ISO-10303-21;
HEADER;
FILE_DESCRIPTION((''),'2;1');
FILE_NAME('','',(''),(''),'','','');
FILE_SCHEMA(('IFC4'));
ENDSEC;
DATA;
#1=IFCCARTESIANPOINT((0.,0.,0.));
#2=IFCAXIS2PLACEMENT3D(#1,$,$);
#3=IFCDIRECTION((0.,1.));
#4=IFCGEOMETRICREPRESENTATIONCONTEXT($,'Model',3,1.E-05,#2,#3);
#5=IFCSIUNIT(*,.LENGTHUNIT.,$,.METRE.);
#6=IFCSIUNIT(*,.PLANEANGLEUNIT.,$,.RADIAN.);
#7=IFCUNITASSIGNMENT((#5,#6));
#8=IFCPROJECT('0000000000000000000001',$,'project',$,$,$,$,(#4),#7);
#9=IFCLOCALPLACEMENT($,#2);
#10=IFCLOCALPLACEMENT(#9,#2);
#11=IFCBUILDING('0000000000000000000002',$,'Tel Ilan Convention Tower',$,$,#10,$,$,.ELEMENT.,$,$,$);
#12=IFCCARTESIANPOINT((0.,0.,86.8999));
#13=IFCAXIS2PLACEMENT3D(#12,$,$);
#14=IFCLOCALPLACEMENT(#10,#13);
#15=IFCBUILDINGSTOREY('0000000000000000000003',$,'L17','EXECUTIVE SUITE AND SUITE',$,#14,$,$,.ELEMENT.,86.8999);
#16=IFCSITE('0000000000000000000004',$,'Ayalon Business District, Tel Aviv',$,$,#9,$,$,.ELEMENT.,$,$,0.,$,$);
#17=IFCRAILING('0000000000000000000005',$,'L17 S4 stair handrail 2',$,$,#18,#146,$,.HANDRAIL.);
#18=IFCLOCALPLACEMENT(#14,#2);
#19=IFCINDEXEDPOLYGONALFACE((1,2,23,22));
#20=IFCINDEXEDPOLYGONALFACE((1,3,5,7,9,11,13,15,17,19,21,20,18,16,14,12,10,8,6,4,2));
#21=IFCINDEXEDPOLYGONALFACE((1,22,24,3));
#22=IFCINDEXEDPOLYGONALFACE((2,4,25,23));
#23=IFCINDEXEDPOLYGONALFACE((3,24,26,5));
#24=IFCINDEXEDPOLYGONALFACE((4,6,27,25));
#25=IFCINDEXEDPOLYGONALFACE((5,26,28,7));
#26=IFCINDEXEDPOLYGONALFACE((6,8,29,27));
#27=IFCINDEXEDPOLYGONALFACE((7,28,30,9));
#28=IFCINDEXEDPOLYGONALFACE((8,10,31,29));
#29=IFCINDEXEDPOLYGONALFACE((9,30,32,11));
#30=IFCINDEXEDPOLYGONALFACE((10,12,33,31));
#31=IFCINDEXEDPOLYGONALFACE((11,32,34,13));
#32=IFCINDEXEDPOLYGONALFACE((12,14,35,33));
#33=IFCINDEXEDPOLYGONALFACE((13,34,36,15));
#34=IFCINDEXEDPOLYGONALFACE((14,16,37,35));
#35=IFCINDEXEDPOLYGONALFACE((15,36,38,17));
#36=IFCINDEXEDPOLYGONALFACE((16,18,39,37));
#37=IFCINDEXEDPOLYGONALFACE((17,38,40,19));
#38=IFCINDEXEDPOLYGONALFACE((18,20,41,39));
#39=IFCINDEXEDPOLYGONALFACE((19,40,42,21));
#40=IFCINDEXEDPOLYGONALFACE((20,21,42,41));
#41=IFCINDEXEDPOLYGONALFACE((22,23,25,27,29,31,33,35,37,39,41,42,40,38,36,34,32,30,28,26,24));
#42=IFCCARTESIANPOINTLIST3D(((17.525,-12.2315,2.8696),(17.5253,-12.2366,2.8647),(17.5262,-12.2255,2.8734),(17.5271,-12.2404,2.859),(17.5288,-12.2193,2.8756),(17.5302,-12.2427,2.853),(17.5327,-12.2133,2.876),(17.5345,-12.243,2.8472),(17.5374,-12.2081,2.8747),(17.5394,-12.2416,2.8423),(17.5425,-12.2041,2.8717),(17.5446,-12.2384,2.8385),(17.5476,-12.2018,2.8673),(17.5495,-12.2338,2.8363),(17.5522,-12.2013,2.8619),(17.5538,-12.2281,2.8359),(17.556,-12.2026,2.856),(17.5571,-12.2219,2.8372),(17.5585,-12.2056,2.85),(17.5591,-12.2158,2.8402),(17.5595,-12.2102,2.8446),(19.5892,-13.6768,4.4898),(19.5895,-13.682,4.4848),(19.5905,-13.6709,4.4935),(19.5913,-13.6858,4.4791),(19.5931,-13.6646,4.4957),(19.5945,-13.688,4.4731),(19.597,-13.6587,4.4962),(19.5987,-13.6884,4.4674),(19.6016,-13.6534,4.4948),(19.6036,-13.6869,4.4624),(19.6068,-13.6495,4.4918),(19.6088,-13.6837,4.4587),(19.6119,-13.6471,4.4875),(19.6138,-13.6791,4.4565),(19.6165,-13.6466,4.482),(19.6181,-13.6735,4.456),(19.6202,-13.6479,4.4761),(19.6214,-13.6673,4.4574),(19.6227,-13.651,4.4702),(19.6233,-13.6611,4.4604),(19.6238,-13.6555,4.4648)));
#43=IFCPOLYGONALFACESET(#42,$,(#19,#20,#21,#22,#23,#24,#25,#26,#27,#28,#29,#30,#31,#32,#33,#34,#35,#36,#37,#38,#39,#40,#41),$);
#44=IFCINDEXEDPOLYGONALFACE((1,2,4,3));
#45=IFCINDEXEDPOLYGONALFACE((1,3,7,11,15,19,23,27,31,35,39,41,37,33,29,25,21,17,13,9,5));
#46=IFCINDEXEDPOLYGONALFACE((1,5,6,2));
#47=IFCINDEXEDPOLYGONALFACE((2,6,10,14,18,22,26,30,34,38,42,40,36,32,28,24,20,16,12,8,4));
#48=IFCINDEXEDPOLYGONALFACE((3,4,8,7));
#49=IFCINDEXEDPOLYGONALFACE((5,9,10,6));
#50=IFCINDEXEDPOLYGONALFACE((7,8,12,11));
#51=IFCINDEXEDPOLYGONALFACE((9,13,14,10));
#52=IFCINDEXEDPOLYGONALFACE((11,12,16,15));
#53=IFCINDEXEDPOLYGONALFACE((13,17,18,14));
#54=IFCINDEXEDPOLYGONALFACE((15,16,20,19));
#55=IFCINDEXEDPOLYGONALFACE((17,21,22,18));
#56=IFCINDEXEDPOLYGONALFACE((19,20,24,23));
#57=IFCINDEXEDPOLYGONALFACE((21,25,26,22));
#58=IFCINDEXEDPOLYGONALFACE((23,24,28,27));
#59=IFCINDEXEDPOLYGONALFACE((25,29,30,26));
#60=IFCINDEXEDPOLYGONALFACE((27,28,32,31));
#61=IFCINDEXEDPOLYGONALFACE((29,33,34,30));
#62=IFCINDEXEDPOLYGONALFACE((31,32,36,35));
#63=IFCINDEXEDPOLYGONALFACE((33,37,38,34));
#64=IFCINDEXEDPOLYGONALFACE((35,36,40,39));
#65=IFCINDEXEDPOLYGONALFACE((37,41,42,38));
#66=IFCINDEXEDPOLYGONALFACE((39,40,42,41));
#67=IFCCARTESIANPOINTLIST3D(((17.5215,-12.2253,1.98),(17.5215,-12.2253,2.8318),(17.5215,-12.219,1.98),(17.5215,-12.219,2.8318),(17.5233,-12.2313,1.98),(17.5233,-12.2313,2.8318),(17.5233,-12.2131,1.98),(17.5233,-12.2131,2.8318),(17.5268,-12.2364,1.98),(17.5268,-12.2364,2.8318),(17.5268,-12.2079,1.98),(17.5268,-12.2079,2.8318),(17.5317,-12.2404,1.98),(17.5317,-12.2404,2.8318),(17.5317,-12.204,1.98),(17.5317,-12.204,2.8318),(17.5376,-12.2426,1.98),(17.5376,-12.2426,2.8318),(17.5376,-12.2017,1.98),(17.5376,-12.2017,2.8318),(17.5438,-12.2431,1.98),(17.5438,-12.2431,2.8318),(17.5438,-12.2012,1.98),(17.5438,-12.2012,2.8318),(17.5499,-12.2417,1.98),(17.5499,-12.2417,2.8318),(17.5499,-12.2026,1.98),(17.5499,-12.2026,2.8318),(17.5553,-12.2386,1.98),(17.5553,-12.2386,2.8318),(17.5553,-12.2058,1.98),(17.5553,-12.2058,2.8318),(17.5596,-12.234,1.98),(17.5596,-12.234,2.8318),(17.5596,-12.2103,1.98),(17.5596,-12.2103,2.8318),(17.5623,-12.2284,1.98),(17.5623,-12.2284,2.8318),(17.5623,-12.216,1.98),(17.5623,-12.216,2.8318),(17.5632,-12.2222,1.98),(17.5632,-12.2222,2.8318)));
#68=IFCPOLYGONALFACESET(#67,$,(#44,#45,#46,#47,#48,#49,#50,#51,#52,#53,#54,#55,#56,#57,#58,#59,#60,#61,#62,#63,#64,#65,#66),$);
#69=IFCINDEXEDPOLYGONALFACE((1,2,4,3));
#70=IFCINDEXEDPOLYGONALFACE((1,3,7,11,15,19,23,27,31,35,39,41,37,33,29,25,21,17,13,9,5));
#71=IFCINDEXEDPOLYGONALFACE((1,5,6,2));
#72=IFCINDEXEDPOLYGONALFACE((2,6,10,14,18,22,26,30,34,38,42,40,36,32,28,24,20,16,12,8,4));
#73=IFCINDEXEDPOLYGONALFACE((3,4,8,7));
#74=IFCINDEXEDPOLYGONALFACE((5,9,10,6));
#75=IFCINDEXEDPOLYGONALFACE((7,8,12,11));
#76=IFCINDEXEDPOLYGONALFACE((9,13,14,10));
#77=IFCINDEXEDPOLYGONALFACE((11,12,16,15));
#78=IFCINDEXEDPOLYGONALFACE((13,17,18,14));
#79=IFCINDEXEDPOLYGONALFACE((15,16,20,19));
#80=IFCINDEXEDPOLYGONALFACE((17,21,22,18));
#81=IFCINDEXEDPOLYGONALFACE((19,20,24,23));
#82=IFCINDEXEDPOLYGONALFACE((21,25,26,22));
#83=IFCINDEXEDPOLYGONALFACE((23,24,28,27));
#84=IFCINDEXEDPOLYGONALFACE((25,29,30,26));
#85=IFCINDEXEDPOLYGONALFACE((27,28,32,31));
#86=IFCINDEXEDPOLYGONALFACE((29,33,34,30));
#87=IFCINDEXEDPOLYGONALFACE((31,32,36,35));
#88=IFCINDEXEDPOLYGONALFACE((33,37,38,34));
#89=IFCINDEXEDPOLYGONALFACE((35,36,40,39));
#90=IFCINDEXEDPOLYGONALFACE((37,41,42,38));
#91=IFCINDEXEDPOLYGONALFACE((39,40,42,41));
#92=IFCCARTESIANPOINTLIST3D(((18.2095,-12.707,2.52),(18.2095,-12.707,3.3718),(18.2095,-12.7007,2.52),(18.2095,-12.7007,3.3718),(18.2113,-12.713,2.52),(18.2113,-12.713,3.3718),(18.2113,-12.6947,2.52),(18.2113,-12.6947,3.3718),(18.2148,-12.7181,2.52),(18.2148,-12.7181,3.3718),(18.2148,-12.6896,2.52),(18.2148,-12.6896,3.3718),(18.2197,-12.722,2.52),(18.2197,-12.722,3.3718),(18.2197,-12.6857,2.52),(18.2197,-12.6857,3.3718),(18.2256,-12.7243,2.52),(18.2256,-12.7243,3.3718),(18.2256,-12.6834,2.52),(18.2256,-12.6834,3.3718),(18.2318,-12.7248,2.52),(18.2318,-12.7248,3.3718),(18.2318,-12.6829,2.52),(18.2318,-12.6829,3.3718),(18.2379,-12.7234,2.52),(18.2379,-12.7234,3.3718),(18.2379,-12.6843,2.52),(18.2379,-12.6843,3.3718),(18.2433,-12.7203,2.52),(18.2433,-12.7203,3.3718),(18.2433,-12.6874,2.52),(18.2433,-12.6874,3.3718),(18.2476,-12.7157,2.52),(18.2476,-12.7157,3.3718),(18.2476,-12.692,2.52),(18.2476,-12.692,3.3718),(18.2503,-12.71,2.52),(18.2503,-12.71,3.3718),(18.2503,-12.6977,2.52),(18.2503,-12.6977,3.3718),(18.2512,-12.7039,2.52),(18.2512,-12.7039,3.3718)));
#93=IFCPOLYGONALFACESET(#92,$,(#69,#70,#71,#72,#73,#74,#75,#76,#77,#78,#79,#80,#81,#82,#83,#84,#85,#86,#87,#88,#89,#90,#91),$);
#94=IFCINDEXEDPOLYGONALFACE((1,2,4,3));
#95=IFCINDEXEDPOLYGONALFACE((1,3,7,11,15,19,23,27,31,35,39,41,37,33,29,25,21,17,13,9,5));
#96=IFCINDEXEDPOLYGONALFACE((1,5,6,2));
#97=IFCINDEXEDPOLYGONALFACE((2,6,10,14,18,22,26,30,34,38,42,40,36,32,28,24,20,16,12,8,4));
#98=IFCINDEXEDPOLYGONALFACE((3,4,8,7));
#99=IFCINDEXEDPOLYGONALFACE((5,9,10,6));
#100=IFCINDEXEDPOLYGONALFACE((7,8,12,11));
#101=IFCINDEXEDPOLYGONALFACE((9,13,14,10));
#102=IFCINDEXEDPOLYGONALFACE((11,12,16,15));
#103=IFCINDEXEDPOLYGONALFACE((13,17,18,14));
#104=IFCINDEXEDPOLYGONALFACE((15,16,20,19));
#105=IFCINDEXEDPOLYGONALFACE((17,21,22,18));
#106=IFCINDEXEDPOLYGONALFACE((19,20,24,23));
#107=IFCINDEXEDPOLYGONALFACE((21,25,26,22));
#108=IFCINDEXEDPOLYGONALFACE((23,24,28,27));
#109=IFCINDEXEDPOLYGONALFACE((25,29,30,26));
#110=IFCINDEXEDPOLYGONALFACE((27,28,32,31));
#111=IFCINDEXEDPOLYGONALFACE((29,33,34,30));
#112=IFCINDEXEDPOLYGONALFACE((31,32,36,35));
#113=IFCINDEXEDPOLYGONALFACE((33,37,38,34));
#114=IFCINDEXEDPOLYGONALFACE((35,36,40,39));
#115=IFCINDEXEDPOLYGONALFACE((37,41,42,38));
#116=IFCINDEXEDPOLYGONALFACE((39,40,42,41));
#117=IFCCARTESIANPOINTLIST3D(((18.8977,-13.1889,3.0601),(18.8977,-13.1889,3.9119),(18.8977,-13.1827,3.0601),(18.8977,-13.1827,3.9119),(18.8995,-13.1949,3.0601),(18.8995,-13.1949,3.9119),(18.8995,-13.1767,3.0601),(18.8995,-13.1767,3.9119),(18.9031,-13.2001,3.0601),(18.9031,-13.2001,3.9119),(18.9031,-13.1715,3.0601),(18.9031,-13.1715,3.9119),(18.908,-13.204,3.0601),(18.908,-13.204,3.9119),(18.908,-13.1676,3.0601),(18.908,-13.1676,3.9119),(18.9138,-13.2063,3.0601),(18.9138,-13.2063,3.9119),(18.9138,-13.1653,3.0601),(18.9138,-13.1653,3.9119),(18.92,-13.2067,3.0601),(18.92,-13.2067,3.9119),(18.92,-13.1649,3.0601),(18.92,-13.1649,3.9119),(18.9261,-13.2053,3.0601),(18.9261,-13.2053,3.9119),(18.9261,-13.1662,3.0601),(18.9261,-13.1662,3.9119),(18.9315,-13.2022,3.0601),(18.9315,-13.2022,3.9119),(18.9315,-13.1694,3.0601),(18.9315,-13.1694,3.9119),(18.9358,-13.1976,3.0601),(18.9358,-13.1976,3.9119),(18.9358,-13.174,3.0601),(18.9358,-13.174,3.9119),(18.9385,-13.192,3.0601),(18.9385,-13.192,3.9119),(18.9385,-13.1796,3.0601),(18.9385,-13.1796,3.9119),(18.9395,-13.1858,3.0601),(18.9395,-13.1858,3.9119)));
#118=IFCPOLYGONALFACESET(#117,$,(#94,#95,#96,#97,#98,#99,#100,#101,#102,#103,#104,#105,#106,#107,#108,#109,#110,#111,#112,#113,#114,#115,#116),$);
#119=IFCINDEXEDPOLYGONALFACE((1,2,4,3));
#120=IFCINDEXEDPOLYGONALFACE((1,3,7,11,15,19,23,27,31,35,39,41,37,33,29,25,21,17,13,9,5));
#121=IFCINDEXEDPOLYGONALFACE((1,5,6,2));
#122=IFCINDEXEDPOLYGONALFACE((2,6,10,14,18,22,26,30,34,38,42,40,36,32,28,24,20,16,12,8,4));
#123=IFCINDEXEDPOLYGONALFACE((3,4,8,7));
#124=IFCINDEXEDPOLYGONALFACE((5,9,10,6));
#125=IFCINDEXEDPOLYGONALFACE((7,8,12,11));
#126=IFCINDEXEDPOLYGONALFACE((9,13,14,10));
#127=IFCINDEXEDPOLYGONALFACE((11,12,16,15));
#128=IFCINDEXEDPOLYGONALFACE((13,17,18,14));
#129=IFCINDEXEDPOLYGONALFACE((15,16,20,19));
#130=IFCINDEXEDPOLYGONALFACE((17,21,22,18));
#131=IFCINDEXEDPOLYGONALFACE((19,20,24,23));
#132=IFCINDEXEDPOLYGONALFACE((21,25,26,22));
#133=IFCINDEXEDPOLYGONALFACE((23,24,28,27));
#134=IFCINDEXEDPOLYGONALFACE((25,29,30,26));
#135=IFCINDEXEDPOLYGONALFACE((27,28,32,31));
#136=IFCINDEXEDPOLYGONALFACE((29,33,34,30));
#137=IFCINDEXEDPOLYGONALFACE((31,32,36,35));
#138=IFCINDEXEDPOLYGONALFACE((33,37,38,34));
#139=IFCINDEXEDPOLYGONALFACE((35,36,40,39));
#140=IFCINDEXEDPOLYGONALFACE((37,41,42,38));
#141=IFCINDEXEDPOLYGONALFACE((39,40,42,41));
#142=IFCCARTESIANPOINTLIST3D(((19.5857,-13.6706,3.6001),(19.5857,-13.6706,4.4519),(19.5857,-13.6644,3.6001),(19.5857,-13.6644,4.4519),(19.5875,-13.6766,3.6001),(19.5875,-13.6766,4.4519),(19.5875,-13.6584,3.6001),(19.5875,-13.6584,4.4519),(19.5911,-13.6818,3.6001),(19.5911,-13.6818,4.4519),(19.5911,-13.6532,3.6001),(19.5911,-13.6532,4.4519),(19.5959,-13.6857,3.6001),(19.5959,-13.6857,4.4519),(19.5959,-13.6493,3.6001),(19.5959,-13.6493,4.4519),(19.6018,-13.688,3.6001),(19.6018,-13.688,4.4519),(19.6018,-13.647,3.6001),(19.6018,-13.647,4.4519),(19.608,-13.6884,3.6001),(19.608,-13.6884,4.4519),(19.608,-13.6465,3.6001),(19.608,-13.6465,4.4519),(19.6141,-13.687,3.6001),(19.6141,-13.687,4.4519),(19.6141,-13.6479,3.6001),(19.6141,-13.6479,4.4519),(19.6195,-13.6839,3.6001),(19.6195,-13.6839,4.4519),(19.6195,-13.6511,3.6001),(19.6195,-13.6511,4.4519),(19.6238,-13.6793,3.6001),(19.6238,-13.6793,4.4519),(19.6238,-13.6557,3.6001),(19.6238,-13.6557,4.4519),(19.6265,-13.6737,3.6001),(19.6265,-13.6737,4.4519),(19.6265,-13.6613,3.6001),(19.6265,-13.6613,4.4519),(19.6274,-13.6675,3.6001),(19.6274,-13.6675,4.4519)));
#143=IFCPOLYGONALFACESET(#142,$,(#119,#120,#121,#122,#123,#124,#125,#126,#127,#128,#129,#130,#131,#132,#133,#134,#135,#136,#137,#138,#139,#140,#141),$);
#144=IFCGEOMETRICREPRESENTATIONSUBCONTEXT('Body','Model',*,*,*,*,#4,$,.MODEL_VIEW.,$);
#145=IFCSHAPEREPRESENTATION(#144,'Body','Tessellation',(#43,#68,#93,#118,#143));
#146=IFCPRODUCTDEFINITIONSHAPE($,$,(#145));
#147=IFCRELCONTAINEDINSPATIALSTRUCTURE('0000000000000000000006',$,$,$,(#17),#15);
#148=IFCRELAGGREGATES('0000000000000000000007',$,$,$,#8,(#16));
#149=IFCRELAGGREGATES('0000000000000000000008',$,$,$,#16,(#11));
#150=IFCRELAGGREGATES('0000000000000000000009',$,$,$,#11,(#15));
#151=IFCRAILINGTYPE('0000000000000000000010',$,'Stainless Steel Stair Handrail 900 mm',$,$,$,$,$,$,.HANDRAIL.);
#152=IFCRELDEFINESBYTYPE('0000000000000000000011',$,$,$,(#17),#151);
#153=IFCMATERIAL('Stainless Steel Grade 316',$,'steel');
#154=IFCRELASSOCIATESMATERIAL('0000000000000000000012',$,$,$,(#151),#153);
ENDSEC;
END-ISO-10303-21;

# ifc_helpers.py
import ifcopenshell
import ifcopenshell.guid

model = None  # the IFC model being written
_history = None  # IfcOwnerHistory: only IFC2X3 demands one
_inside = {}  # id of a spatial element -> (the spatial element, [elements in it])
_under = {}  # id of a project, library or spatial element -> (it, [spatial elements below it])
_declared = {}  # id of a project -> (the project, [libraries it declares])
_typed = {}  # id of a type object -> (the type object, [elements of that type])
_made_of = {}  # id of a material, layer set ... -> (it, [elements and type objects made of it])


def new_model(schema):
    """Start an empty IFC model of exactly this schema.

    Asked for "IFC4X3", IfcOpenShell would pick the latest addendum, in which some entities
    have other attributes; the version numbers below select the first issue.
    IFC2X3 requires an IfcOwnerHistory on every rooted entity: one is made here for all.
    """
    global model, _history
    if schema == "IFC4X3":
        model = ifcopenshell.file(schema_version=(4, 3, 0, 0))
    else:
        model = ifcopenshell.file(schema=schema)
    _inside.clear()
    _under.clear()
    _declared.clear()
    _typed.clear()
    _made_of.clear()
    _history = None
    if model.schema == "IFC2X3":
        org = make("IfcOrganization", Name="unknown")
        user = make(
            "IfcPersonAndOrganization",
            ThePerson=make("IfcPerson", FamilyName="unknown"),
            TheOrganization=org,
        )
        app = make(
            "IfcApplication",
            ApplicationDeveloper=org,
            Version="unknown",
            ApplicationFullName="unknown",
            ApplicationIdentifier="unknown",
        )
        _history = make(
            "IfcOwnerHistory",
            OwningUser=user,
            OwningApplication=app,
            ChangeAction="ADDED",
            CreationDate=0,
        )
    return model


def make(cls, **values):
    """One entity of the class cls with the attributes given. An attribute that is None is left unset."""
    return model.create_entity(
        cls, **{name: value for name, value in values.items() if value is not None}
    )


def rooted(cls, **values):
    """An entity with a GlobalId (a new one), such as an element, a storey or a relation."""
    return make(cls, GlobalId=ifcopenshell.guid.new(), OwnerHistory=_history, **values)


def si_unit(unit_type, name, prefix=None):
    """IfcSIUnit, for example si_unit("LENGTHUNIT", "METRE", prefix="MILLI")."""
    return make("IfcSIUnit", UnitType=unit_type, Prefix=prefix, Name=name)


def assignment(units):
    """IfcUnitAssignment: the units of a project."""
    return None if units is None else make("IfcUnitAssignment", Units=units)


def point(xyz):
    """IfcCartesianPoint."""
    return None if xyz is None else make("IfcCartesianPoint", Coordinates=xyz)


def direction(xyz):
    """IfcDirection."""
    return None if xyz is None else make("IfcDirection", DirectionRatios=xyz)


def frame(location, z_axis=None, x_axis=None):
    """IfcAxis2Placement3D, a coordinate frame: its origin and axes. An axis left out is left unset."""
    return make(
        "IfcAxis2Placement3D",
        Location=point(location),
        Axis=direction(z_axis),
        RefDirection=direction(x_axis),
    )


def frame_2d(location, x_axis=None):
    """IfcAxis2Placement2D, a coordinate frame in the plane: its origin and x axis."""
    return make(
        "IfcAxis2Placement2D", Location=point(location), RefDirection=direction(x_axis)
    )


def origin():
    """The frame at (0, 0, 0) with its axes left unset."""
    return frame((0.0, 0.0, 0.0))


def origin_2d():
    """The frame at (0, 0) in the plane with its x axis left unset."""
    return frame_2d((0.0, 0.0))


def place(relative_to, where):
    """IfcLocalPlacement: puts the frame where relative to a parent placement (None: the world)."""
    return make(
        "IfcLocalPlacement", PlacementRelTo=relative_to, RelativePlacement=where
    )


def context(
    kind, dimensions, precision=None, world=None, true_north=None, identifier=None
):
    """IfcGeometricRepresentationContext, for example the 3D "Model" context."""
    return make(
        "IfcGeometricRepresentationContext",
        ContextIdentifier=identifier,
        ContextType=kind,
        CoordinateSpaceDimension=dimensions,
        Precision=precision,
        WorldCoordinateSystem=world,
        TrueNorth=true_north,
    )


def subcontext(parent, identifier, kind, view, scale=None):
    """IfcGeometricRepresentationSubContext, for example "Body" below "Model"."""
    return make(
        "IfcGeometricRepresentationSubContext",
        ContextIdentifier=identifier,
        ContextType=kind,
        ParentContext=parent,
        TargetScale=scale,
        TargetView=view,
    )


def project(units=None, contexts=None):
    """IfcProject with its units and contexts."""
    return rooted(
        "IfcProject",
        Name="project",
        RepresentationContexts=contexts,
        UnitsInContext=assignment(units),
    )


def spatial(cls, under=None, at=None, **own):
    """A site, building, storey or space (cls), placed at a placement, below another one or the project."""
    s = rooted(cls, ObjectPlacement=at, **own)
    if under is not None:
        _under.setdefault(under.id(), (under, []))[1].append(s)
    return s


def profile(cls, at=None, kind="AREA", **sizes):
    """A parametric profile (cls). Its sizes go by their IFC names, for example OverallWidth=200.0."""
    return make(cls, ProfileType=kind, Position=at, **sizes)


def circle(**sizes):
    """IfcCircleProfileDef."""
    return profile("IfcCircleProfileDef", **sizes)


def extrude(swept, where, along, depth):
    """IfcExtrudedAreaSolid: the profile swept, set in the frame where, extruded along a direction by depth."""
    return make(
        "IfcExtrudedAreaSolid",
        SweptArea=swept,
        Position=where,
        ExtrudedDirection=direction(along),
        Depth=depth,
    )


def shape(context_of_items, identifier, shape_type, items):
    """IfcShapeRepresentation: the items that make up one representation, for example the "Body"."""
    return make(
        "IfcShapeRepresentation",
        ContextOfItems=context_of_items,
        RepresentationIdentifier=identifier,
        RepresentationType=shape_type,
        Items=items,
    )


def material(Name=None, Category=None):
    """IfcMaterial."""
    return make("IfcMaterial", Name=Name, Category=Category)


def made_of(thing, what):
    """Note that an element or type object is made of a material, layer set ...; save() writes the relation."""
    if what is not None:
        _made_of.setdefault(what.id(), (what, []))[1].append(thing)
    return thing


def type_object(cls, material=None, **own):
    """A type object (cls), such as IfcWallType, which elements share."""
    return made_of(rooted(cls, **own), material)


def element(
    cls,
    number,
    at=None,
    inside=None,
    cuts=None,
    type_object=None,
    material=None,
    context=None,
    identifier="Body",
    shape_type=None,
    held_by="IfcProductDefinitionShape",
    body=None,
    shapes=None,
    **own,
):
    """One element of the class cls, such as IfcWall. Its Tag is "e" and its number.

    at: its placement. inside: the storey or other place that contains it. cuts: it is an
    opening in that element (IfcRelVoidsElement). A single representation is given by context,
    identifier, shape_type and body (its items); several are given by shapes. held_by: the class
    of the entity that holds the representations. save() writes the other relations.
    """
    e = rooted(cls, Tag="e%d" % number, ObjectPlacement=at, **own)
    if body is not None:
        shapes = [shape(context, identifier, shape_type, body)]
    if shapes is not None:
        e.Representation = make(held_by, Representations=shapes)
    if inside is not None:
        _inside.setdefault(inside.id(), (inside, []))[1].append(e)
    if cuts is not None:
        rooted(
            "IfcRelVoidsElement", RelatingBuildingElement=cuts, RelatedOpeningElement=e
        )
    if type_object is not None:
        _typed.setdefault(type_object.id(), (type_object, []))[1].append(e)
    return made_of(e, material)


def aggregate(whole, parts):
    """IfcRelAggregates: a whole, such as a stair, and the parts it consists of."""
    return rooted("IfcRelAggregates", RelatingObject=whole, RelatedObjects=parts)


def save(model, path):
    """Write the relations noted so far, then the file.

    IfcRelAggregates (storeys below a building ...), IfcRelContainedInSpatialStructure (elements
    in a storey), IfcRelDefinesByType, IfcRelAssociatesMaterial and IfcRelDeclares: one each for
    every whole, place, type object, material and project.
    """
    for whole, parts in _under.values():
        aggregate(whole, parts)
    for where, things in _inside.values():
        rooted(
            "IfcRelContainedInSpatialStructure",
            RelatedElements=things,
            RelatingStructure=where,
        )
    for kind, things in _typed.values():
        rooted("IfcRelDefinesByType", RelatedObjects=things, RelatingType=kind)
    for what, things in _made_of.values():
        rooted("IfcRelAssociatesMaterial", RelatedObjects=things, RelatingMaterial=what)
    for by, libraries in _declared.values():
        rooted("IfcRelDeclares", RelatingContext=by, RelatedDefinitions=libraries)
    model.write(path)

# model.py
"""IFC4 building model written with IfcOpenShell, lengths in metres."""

from ifc_helpers import new_model, si_unit, direction, frame, origin, origin_2d, place, context, subcontext, project, spatial, circle, extrude, material, type_object, element, save


model = new_model("IFC4")

# Units and contexts
model_context = context("Model", 3, precision=1e-05, world=origin(), true_north=direction((0.0, 1.0)))
body_context = subcontext(model_context, "Body", "Model", "MODEL_VIEW")
ifc_project = project(units=[si_unit("LENGTHUNIT", "METRE"), si_unit("PLANEANGLEUNIT", "RADIAN")], contexts=[model_context])

# Site, building, storey
site_placement = place(None, origin())
site = spatial("IfcSite", under=ifc_project, at=site_placement, Name="Ayalon Business District, Tel Aviv", CompositionType="ELEMENT", RefElevation=0.0)
building_placement = place(site_placement, origin())
building = spatial("IfcBuilding", under=site, at=building_placement, Name="Tel Ilan Convention Tower", CompositionType="ELEMENT")
storey_placement = place(building_placement, frame((0.0, 0.0, 86.8999)))
storey = spatial("IfcBuildingStorey", under=building, at=storey_placement, Name="L17", Description="EXECUTIVE SUITE AND SUITE", CompositionType="ELEMENT", Elevation=86.8999)

# Railing
ifc_material_1 = material(Name="Stainless Steel Grade 316", Category="steel")
railing_type_1 = type_object("IfcRailingType", Name="Stainless Steel Stair Handrail 900 mm", PredefinedType="HANDRAIL", material=ifc_material_1)
railing_1_placement = place(storey_placement, frame((17.5422, -12.2222, 1.98)))
element("IfcRailing", 1, at=railing_1_placement, inside=storey, type_object=railing_type_1, Name="L17 S4 stair handrail 2", PredefinedType="HANDRAIL", context=body_context, shape_type="SweptSolid", body=[
    extrude(circle(Radius=0.0239, at=origin_2d()), frame((0.0, 0.0, 0.876), z_axis=(0.68904, -0.48245, 0.540801), x_axis=(0.57356, 0.819164, 0.0)), (0.0, 0.0, 1.0), 2.9958),
    extrude(circle(Radius=0.021, at=origin_2d()), origin(), (0.0, 0.0, 1.0), 0.8518),
    extrude(circle(Radius=0.021, at=origin_2d()), frame((0.688, -0.4817, 0.54)), (0.0, 0.0, 1.0), 0.8518),
    extrude(circle(Radius=0.021, at=origin_2d()), frame((1.3762, -0.9636, 1.0801)), (0.0, 0.0, 1.0), 0.8518),
    extrude(circle(Radius=0.021, at=origin_2d()), frame((2.0642, -1.4453, 1.6201)), (0.0, 0.0, 1.0), 0.8518),
])

save(model, "model.ifc")
